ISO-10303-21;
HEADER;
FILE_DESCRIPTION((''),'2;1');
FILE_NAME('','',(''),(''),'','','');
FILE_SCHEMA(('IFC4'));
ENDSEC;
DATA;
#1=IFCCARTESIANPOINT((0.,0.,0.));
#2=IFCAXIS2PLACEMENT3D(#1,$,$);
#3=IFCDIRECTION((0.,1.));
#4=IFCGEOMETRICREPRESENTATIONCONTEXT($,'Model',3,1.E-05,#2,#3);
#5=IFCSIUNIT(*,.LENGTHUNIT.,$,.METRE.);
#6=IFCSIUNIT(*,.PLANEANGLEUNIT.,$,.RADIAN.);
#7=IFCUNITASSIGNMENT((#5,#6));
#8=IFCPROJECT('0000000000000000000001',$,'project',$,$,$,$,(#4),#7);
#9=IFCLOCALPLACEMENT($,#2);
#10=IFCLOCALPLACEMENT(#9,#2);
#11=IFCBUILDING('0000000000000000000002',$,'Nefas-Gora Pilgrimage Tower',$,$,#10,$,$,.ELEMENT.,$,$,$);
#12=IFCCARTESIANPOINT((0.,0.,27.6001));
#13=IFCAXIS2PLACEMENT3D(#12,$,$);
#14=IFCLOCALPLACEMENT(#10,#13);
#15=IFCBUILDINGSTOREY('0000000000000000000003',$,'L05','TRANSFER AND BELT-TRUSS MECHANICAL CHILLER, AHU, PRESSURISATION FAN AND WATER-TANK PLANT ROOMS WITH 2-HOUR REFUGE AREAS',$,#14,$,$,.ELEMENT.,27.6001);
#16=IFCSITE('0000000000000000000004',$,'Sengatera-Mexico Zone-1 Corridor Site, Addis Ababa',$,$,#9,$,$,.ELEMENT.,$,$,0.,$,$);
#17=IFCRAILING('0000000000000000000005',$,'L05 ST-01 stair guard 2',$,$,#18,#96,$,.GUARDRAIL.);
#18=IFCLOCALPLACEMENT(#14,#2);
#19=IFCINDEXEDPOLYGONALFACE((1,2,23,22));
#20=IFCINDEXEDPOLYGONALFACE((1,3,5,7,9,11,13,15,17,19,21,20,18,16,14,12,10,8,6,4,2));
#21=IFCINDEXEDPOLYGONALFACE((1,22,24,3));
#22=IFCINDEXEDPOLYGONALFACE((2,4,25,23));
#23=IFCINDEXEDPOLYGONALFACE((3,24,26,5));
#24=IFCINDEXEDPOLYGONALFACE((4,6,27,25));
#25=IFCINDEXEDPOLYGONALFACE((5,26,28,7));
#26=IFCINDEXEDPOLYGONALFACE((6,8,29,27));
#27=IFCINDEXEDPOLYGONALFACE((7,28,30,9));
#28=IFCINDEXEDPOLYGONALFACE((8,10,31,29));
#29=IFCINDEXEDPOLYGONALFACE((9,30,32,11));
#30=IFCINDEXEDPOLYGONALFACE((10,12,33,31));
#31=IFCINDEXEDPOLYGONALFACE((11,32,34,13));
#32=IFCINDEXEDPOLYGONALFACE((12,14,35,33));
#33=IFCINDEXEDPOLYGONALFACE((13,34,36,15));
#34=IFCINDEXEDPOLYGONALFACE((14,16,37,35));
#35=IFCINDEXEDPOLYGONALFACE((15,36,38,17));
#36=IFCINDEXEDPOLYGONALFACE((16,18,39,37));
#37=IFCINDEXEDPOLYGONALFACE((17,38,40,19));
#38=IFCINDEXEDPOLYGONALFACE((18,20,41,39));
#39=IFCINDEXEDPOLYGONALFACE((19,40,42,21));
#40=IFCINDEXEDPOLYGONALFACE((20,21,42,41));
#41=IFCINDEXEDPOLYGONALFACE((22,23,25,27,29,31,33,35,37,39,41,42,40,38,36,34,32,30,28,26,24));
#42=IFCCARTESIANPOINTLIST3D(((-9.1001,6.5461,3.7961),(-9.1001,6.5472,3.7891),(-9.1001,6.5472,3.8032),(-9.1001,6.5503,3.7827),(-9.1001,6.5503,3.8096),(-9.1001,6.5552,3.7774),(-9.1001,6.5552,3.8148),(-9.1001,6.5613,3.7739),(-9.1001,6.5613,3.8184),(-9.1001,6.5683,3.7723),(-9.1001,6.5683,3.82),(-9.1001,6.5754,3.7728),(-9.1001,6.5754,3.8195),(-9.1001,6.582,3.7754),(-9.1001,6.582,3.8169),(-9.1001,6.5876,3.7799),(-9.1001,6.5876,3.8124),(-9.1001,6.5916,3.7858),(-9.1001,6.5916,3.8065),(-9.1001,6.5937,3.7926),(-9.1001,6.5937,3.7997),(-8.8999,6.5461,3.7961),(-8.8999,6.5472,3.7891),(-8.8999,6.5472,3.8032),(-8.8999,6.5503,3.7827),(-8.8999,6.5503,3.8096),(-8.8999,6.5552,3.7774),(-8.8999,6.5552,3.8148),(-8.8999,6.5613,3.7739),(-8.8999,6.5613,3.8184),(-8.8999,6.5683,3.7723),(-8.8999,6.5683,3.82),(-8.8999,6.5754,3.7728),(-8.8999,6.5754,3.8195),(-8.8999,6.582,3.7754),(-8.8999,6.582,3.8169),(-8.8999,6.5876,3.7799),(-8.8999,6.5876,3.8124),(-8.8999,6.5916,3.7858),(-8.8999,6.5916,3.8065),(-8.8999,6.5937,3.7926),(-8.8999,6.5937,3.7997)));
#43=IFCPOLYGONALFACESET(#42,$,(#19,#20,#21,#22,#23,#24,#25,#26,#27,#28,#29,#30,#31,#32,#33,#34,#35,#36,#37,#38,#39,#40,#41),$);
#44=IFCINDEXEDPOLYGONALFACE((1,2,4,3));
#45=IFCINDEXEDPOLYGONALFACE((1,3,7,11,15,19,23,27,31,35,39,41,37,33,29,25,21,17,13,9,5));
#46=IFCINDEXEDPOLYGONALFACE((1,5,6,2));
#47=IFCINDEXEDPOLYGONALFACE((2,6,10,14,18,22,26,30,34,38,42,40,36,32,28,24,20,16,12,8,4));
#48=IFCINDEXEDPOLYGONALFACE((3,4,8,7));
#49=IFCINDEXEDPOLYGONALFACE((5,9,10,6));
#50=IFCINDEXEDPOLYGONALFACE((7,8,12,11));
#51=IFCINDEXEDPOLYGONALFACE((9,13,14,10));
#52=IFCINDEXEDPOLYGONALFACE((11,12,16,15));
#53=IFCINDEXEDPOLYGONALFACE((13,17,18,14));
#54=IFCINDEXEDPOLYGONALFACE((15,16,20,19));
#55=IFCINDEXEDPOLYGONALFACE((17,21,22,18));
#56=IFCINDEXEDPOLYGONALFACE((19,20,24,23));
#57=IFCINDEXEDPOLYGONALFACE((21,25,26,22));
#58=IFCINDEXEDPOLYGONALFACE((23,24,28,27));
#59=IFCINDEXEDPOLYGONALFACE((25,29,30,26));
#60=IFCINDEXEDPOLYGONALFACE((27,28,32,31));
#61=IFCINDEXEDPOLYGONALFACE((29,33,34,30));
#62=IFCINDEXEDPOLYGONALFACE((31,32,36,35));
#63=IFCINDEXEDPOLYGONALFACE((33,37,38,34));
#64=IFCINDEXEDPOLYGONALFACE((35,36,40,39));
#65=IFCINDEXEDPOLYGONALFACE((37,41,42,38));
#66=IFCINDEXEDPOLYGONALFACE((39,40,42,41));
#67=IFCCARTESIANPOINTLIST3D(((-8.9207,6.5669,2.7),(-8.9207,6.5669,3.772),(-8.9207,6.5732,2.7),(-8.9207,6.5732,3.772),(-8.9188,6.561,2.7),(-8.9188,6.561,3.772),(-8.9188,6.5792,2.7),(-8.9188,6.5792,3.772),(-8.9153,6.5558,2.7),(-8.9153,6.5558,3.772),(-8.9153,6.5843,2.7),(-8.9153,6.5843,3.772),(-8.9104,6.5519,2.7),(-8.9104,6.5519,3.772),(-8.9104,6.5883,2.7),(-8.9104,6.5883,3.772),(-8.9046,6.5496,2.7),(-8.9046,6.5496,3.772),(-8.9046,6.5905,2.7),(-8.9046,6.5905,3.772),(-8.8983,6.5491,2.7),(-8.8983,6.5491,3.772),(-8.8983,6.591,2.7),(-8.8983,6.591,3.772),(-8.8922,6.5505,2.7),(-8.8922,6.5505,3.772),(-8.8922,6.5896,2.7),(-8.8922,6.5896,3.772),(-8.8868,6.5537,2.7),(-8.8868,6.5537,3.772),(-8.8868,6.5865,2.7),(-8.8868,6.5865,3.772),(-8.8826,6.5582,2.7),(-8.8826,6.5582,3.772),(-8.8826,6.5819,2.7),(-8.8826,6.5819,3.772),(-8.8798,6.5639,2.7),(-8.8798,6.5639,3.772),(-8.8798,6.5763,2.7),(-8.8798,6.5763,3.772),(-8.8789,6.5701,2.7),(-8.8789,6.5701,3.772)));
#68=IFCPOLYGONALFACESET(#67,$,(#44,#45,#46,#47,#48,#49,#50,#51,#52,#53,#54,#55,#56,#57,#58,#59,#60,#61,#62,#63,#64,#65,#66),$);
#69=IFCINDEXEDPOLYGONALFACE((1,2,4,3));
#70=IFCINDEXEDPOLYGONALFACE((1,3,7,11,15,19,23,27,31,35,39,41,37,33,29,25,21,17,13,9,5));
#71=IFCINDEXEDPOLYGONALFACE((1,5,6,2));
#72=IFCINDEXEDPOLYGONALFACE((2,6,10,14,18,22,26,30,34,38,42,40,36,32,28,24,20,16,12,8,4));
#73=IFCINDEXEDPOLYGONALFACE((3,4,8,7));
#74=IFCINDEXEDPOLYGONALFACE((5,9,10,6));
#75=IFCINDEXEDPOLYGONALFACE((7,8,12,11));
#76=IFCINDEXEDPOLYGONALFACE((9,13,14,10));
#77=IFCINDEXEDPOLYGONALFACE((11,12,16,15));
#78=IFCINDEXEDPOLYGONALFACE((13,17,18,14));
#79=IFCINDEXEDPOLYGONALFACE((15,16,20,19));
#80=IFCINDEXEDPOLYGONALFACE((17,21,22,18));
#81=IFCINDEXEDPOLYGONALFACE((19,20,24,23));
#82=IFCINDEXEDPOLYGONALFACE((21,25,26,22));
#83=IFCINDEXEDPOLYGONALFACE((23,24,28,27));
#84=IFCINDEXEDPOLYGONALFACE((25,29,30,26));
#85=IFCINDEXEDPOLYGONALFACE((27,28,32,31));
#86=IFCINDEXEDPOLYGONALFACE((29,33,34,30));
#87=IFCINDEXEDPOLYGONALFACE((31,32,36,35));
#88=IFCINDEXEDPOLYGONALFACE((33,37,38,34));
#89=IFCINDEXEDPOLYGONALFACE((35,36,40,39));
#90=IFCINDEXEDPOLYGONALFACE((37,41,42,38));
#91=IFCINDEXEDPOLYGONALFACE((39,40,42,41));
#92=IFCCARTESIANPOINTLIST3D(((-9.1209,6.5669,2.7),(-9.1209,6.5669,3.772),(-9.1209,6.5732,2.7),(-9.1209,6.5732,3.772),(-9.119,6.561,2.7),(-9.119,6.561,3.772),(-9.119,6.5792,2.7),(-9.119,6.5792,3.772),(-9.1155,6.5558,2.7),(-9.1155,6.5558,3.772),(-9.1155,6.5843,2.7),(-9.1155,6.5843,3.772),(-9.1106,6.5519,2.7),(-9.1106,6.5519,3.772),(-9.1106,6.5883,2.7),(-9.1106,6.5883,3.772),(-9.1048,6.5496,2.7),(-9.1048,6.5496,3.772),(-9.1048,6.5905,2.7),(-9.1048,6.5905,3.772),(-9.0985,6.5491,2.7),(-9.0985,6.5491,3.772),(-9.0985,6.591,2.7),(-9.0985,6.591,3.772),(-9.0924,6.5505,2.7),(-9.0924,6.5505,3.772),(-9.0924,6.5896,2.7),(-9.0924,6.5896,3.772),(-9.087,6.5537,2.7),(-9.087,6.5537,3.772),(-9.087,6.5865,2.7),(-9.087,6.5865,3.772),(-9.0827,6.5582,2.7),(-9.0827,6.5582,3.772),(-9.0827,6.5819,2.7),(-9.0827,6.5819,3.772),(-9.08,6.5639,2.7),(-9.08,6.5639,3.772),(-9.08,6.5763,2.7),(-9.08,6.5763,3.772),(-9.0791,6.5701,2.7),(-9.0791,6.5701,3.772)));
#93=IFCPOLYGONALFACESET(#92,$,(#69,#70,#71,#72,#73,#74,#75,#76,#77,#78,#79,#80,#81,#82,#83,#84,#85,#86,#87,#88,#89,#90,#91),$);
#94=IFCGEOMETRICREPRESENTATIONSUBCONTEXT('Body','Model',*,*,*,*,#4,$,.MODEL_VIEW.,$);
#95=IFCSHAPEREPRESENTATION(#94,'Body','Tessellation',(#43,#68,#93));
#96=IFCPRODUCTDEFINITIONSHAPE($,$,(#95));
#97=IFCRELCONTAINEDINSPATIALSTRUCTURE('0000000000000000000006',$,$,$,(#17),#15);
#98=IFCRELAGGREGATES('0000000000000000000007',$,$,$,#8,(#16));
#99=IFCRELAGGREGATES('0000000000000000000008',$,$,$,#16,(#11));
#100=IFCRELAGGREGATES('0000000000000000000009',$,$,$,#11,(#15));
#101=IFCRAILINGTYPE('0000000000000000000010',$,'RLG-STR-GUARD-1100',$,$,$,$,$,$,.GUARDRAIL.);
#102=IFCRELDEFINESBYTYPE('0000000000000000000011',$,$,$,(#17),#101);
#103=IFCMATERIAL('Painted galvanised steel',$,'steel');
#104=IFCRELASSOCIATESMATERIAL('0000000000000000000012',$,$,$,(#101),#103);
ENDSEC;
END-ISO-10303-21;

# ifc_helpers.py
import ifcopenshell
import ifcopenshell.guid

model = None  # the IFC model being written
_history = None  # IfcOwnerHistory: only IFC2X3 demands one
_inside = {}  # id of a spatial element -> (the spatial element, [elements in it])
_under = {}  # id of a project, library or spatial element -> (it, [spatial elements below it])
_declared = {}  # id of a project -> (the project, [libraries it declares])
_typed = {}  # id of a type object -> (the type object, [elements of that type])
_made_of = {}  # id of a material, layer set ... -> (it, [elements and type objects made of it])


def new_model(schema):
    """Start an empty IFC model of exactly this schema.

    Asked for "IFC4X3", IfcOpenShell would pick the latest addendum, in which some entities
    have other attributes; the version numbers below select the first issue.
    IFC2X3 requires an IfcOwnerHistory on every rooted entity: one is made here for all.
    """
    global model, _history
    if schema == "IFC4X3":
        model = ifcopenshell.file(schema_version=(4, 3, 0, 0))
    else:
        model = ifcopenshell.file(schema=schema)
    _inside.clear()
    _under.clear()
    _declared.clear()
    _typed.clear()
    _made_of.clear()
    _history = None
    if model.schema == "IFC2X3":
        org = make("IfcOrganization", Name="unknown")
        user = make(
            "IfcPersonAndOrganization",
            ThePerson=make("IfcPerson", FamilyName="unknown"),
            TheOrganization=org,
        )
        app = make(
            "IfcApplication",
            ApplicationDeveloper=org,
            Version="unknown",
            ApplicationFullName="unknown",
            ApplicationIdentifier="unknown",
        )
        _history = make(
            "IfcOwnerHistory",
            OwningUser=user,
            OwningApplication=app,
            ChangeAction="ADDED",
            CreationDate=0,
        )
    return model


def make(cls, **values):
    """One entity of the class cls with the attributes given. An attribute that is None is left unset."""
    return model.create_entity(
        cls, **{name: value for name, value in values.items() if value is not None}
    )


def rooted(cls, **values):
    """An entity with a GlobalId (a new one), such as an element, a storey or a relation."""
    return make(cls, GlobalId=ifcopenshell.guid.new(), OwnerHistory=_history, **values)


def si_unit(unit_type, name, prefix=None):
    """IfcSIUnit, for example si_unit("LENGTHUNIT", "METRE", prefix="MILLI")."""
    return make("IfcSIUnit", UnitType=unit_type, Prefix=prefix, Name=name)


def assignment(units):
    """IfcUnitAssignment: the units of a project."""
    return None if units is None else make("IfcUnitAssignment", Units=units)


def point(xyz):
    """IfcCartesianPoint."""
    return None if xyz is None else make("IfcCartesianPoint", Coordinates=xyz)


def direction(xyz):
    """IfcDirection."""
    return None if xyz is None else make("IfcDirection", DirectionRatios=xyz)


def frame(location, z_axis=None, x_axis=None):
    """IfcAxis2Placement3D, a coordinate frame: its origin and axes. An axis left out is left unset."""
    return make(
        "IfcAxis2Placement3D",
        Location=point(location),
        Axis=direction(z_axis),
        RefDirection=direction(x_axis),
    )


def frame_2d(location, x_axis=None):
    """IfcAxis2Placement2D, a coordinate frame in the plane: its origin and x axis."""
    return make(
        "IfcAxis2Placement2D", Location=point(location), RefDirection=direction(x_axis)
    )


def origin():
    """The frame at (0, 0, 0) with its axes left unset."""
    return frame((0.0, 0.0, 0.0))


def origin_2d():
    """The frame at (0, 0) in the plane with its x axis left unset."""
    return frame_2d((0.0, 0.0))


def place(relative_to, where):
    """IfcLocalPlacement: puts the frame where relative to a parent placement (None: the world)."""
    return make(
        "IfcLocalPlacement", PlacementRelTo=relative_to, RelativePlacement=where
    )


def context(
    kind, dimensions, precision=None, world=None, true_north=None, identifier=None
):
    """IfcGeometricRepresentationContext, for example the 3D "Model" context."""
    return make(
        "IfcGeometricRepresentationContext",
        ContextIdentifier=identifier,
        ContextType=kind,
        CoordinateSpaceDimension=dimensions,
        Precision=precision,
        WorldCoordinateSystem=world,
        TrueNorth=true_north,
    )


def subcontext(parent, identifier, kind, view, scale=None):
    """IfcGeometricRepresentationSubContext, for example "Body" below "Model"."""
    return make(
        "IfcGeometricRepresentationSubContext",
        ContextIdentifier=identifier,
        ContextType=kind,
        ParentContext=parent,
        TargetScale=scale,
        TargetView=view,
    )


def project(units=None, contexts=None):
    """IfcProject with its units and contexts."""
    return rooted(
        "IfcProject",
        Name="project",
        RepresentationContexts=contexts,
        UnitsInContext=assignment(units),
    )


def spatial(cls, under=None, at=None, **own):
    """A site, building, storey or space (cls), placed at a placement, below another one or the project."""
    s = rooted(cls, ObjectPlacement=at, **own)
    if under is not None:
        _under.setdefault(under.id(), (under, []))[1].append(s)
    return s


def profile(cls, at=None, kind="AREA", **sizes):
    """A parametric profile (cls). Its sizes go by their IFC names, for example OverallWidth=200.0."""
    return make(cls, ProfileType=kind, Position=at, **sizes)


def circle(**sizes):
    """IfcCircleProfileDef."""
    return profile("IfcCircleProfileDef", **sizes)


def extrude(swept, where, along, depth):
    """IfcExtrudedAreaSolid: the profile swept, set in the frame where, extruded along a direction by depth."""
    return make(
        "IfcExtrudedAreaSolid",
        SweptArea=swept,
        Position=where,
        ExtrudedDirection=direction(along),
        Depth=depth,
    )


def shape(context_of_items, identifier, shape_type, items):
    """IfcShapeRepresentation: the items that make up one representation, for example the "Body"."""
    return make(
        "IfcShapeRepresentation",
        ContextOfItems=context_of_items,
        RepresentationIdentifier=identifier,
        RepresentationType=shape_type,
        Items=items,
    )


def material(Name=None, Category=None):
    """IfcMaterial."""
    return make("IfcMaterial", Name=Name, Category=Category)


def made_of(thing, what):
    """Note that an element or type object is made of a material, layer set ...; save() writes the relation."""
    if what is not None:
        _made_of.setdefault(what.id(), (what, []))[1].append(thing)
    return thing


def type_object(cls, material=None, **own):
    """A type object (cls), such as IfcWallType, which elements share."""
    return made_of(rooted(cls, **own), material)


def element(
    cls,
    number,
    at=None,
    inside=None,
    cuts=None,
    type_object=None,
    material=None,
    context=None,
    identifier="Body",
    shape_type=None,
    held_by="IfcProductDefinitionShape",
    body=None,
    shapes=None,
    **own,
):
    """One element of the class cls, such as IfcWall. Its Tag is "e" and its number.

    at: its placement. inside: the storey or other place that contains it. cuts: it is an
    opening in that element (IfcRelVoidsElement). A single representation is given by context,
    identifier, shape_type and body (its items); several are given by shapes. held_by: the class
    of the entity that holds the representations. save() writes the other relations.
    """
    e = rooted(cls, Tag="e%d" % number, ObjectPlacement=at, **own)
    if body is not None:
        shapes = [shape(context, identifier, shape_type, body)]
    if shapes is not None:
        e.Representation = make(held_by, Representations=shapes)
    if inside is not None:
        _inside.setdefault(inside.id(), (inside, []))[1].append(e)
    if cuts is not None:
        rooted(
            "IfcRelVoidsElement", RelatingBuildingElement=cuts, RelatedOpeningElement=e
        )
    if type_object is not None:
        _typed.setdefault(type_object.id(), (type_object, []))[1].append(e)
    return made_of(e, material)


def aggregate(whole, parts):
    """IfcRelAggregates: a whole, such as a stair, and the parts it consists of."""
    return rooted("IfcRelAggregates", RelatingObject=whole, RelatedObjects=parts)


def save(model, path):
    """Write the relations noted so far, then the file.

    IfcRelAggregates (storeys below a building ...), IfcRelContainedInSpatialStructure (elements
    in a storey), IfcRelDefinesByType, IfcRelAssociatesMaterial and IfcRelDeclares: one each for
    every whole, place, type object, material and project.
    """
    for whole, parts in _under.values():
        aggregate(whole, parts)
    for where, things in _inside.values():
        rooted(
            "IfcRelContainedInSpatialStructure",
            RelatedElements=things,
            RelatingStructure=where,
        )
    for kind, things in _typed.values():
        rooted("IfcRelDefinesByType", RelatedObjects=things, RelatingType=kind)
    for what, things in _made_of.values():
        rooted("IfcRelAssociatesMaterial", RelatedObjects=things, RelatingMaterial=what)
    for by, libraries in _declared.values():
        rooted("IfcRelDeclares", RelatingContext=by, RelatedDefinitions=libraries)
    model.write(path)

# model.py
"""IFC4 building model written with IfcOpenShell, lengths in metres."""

from ifc_helpers import new_model, si_unit, direction, frame, origin, origin_2d, place, context, subcontext, project, spatial, circle, extrude, material, type_object, element, save


model = new_model("IFC4")

# Units and contexts
model_context = context("Model", 3, precision=1e-05, world=origin(), true_north=direction((0.0, 1.0)))
body_context = subcontext(model_context, "Body", "Model", "MODEL_VIEW")
ifc_project = project(units=[si_unit("LENGTHUNIT", "METRE"), si_unit("PLANEANGLEUNIT", "RADIAN")], contexts=[model_context])

# Site, building, storey
site_placement = place(None, origin())
site = spatial("IfcSite", under=ifc_project, at=site_placement, Name="Sengatera-Mexico Zone-1 Corridor Site, Addis Ababa", CompositionType="ELEMENT", RefElevation=0.0)
building_placement = place(site_placement, origin())
building = spatial("IfcBuilding", under=site, at=building_placement, Name="Nefas-Gora Pilgrimage Tower", CompositionType="ELEMENT")
storey_placement = place(building_placement, frame((0.0, 0.0, 27.6001)))
storey = spatial("IfcBuildingStorey", under=building, at=storey_placement, Name="L05", Description="TRANSFER AND BELT-TRUSS MECHANICAL CHILLER, AHU, PRESSURISATION FAN AND WATER-TANK PLANT ROOMS WITH 2-HOUR REFUGE AREAS", CompositionType="ELEMENT", Elevation=27.6001)

# Railing
ifc_material_1 = material(Name="Painted galvanised steel", Category="steel")
railing_type_1 = type_object("IfcRailingType", Name="RLG-STR-GUARD-1100", PredefinedType="GUARDRAIL", material=ifc_material_1)
railing_1_placement = place(storey_placement, frame((-8.8999, 6.5701, 2.7)))
element("IfcRailing", 1, at=railing_1_placement, inside=storey, type_object=railing_type_1, Name="L05 ST-01 stair guard 2", PredefinedType="GUARDRAIL", context=body_context, shape_type="SweptSolid", body=[
    extrude(circle(Radius=0.0239, at=origin_2d()), frame((0.0, 0.0, 1.0962), z_axis=(-1.0, 0.0, 0.0), x_axis=(0.0, -1.0, 0.0)), (0.0, 0.0, 1.0), 0.2002),
    extrude(circle(Radius=0.021, at=origin_2d()), origin(), (0.0, 0.0, 1.0), 1.072),
    extrude(circle(Radius=0.021, at=origin_2d()), frame((-0.2002, 0.0, 0.0)), (0.0, 0.0, 1.0), 1.072),
])

save(model, "model.ifc")
